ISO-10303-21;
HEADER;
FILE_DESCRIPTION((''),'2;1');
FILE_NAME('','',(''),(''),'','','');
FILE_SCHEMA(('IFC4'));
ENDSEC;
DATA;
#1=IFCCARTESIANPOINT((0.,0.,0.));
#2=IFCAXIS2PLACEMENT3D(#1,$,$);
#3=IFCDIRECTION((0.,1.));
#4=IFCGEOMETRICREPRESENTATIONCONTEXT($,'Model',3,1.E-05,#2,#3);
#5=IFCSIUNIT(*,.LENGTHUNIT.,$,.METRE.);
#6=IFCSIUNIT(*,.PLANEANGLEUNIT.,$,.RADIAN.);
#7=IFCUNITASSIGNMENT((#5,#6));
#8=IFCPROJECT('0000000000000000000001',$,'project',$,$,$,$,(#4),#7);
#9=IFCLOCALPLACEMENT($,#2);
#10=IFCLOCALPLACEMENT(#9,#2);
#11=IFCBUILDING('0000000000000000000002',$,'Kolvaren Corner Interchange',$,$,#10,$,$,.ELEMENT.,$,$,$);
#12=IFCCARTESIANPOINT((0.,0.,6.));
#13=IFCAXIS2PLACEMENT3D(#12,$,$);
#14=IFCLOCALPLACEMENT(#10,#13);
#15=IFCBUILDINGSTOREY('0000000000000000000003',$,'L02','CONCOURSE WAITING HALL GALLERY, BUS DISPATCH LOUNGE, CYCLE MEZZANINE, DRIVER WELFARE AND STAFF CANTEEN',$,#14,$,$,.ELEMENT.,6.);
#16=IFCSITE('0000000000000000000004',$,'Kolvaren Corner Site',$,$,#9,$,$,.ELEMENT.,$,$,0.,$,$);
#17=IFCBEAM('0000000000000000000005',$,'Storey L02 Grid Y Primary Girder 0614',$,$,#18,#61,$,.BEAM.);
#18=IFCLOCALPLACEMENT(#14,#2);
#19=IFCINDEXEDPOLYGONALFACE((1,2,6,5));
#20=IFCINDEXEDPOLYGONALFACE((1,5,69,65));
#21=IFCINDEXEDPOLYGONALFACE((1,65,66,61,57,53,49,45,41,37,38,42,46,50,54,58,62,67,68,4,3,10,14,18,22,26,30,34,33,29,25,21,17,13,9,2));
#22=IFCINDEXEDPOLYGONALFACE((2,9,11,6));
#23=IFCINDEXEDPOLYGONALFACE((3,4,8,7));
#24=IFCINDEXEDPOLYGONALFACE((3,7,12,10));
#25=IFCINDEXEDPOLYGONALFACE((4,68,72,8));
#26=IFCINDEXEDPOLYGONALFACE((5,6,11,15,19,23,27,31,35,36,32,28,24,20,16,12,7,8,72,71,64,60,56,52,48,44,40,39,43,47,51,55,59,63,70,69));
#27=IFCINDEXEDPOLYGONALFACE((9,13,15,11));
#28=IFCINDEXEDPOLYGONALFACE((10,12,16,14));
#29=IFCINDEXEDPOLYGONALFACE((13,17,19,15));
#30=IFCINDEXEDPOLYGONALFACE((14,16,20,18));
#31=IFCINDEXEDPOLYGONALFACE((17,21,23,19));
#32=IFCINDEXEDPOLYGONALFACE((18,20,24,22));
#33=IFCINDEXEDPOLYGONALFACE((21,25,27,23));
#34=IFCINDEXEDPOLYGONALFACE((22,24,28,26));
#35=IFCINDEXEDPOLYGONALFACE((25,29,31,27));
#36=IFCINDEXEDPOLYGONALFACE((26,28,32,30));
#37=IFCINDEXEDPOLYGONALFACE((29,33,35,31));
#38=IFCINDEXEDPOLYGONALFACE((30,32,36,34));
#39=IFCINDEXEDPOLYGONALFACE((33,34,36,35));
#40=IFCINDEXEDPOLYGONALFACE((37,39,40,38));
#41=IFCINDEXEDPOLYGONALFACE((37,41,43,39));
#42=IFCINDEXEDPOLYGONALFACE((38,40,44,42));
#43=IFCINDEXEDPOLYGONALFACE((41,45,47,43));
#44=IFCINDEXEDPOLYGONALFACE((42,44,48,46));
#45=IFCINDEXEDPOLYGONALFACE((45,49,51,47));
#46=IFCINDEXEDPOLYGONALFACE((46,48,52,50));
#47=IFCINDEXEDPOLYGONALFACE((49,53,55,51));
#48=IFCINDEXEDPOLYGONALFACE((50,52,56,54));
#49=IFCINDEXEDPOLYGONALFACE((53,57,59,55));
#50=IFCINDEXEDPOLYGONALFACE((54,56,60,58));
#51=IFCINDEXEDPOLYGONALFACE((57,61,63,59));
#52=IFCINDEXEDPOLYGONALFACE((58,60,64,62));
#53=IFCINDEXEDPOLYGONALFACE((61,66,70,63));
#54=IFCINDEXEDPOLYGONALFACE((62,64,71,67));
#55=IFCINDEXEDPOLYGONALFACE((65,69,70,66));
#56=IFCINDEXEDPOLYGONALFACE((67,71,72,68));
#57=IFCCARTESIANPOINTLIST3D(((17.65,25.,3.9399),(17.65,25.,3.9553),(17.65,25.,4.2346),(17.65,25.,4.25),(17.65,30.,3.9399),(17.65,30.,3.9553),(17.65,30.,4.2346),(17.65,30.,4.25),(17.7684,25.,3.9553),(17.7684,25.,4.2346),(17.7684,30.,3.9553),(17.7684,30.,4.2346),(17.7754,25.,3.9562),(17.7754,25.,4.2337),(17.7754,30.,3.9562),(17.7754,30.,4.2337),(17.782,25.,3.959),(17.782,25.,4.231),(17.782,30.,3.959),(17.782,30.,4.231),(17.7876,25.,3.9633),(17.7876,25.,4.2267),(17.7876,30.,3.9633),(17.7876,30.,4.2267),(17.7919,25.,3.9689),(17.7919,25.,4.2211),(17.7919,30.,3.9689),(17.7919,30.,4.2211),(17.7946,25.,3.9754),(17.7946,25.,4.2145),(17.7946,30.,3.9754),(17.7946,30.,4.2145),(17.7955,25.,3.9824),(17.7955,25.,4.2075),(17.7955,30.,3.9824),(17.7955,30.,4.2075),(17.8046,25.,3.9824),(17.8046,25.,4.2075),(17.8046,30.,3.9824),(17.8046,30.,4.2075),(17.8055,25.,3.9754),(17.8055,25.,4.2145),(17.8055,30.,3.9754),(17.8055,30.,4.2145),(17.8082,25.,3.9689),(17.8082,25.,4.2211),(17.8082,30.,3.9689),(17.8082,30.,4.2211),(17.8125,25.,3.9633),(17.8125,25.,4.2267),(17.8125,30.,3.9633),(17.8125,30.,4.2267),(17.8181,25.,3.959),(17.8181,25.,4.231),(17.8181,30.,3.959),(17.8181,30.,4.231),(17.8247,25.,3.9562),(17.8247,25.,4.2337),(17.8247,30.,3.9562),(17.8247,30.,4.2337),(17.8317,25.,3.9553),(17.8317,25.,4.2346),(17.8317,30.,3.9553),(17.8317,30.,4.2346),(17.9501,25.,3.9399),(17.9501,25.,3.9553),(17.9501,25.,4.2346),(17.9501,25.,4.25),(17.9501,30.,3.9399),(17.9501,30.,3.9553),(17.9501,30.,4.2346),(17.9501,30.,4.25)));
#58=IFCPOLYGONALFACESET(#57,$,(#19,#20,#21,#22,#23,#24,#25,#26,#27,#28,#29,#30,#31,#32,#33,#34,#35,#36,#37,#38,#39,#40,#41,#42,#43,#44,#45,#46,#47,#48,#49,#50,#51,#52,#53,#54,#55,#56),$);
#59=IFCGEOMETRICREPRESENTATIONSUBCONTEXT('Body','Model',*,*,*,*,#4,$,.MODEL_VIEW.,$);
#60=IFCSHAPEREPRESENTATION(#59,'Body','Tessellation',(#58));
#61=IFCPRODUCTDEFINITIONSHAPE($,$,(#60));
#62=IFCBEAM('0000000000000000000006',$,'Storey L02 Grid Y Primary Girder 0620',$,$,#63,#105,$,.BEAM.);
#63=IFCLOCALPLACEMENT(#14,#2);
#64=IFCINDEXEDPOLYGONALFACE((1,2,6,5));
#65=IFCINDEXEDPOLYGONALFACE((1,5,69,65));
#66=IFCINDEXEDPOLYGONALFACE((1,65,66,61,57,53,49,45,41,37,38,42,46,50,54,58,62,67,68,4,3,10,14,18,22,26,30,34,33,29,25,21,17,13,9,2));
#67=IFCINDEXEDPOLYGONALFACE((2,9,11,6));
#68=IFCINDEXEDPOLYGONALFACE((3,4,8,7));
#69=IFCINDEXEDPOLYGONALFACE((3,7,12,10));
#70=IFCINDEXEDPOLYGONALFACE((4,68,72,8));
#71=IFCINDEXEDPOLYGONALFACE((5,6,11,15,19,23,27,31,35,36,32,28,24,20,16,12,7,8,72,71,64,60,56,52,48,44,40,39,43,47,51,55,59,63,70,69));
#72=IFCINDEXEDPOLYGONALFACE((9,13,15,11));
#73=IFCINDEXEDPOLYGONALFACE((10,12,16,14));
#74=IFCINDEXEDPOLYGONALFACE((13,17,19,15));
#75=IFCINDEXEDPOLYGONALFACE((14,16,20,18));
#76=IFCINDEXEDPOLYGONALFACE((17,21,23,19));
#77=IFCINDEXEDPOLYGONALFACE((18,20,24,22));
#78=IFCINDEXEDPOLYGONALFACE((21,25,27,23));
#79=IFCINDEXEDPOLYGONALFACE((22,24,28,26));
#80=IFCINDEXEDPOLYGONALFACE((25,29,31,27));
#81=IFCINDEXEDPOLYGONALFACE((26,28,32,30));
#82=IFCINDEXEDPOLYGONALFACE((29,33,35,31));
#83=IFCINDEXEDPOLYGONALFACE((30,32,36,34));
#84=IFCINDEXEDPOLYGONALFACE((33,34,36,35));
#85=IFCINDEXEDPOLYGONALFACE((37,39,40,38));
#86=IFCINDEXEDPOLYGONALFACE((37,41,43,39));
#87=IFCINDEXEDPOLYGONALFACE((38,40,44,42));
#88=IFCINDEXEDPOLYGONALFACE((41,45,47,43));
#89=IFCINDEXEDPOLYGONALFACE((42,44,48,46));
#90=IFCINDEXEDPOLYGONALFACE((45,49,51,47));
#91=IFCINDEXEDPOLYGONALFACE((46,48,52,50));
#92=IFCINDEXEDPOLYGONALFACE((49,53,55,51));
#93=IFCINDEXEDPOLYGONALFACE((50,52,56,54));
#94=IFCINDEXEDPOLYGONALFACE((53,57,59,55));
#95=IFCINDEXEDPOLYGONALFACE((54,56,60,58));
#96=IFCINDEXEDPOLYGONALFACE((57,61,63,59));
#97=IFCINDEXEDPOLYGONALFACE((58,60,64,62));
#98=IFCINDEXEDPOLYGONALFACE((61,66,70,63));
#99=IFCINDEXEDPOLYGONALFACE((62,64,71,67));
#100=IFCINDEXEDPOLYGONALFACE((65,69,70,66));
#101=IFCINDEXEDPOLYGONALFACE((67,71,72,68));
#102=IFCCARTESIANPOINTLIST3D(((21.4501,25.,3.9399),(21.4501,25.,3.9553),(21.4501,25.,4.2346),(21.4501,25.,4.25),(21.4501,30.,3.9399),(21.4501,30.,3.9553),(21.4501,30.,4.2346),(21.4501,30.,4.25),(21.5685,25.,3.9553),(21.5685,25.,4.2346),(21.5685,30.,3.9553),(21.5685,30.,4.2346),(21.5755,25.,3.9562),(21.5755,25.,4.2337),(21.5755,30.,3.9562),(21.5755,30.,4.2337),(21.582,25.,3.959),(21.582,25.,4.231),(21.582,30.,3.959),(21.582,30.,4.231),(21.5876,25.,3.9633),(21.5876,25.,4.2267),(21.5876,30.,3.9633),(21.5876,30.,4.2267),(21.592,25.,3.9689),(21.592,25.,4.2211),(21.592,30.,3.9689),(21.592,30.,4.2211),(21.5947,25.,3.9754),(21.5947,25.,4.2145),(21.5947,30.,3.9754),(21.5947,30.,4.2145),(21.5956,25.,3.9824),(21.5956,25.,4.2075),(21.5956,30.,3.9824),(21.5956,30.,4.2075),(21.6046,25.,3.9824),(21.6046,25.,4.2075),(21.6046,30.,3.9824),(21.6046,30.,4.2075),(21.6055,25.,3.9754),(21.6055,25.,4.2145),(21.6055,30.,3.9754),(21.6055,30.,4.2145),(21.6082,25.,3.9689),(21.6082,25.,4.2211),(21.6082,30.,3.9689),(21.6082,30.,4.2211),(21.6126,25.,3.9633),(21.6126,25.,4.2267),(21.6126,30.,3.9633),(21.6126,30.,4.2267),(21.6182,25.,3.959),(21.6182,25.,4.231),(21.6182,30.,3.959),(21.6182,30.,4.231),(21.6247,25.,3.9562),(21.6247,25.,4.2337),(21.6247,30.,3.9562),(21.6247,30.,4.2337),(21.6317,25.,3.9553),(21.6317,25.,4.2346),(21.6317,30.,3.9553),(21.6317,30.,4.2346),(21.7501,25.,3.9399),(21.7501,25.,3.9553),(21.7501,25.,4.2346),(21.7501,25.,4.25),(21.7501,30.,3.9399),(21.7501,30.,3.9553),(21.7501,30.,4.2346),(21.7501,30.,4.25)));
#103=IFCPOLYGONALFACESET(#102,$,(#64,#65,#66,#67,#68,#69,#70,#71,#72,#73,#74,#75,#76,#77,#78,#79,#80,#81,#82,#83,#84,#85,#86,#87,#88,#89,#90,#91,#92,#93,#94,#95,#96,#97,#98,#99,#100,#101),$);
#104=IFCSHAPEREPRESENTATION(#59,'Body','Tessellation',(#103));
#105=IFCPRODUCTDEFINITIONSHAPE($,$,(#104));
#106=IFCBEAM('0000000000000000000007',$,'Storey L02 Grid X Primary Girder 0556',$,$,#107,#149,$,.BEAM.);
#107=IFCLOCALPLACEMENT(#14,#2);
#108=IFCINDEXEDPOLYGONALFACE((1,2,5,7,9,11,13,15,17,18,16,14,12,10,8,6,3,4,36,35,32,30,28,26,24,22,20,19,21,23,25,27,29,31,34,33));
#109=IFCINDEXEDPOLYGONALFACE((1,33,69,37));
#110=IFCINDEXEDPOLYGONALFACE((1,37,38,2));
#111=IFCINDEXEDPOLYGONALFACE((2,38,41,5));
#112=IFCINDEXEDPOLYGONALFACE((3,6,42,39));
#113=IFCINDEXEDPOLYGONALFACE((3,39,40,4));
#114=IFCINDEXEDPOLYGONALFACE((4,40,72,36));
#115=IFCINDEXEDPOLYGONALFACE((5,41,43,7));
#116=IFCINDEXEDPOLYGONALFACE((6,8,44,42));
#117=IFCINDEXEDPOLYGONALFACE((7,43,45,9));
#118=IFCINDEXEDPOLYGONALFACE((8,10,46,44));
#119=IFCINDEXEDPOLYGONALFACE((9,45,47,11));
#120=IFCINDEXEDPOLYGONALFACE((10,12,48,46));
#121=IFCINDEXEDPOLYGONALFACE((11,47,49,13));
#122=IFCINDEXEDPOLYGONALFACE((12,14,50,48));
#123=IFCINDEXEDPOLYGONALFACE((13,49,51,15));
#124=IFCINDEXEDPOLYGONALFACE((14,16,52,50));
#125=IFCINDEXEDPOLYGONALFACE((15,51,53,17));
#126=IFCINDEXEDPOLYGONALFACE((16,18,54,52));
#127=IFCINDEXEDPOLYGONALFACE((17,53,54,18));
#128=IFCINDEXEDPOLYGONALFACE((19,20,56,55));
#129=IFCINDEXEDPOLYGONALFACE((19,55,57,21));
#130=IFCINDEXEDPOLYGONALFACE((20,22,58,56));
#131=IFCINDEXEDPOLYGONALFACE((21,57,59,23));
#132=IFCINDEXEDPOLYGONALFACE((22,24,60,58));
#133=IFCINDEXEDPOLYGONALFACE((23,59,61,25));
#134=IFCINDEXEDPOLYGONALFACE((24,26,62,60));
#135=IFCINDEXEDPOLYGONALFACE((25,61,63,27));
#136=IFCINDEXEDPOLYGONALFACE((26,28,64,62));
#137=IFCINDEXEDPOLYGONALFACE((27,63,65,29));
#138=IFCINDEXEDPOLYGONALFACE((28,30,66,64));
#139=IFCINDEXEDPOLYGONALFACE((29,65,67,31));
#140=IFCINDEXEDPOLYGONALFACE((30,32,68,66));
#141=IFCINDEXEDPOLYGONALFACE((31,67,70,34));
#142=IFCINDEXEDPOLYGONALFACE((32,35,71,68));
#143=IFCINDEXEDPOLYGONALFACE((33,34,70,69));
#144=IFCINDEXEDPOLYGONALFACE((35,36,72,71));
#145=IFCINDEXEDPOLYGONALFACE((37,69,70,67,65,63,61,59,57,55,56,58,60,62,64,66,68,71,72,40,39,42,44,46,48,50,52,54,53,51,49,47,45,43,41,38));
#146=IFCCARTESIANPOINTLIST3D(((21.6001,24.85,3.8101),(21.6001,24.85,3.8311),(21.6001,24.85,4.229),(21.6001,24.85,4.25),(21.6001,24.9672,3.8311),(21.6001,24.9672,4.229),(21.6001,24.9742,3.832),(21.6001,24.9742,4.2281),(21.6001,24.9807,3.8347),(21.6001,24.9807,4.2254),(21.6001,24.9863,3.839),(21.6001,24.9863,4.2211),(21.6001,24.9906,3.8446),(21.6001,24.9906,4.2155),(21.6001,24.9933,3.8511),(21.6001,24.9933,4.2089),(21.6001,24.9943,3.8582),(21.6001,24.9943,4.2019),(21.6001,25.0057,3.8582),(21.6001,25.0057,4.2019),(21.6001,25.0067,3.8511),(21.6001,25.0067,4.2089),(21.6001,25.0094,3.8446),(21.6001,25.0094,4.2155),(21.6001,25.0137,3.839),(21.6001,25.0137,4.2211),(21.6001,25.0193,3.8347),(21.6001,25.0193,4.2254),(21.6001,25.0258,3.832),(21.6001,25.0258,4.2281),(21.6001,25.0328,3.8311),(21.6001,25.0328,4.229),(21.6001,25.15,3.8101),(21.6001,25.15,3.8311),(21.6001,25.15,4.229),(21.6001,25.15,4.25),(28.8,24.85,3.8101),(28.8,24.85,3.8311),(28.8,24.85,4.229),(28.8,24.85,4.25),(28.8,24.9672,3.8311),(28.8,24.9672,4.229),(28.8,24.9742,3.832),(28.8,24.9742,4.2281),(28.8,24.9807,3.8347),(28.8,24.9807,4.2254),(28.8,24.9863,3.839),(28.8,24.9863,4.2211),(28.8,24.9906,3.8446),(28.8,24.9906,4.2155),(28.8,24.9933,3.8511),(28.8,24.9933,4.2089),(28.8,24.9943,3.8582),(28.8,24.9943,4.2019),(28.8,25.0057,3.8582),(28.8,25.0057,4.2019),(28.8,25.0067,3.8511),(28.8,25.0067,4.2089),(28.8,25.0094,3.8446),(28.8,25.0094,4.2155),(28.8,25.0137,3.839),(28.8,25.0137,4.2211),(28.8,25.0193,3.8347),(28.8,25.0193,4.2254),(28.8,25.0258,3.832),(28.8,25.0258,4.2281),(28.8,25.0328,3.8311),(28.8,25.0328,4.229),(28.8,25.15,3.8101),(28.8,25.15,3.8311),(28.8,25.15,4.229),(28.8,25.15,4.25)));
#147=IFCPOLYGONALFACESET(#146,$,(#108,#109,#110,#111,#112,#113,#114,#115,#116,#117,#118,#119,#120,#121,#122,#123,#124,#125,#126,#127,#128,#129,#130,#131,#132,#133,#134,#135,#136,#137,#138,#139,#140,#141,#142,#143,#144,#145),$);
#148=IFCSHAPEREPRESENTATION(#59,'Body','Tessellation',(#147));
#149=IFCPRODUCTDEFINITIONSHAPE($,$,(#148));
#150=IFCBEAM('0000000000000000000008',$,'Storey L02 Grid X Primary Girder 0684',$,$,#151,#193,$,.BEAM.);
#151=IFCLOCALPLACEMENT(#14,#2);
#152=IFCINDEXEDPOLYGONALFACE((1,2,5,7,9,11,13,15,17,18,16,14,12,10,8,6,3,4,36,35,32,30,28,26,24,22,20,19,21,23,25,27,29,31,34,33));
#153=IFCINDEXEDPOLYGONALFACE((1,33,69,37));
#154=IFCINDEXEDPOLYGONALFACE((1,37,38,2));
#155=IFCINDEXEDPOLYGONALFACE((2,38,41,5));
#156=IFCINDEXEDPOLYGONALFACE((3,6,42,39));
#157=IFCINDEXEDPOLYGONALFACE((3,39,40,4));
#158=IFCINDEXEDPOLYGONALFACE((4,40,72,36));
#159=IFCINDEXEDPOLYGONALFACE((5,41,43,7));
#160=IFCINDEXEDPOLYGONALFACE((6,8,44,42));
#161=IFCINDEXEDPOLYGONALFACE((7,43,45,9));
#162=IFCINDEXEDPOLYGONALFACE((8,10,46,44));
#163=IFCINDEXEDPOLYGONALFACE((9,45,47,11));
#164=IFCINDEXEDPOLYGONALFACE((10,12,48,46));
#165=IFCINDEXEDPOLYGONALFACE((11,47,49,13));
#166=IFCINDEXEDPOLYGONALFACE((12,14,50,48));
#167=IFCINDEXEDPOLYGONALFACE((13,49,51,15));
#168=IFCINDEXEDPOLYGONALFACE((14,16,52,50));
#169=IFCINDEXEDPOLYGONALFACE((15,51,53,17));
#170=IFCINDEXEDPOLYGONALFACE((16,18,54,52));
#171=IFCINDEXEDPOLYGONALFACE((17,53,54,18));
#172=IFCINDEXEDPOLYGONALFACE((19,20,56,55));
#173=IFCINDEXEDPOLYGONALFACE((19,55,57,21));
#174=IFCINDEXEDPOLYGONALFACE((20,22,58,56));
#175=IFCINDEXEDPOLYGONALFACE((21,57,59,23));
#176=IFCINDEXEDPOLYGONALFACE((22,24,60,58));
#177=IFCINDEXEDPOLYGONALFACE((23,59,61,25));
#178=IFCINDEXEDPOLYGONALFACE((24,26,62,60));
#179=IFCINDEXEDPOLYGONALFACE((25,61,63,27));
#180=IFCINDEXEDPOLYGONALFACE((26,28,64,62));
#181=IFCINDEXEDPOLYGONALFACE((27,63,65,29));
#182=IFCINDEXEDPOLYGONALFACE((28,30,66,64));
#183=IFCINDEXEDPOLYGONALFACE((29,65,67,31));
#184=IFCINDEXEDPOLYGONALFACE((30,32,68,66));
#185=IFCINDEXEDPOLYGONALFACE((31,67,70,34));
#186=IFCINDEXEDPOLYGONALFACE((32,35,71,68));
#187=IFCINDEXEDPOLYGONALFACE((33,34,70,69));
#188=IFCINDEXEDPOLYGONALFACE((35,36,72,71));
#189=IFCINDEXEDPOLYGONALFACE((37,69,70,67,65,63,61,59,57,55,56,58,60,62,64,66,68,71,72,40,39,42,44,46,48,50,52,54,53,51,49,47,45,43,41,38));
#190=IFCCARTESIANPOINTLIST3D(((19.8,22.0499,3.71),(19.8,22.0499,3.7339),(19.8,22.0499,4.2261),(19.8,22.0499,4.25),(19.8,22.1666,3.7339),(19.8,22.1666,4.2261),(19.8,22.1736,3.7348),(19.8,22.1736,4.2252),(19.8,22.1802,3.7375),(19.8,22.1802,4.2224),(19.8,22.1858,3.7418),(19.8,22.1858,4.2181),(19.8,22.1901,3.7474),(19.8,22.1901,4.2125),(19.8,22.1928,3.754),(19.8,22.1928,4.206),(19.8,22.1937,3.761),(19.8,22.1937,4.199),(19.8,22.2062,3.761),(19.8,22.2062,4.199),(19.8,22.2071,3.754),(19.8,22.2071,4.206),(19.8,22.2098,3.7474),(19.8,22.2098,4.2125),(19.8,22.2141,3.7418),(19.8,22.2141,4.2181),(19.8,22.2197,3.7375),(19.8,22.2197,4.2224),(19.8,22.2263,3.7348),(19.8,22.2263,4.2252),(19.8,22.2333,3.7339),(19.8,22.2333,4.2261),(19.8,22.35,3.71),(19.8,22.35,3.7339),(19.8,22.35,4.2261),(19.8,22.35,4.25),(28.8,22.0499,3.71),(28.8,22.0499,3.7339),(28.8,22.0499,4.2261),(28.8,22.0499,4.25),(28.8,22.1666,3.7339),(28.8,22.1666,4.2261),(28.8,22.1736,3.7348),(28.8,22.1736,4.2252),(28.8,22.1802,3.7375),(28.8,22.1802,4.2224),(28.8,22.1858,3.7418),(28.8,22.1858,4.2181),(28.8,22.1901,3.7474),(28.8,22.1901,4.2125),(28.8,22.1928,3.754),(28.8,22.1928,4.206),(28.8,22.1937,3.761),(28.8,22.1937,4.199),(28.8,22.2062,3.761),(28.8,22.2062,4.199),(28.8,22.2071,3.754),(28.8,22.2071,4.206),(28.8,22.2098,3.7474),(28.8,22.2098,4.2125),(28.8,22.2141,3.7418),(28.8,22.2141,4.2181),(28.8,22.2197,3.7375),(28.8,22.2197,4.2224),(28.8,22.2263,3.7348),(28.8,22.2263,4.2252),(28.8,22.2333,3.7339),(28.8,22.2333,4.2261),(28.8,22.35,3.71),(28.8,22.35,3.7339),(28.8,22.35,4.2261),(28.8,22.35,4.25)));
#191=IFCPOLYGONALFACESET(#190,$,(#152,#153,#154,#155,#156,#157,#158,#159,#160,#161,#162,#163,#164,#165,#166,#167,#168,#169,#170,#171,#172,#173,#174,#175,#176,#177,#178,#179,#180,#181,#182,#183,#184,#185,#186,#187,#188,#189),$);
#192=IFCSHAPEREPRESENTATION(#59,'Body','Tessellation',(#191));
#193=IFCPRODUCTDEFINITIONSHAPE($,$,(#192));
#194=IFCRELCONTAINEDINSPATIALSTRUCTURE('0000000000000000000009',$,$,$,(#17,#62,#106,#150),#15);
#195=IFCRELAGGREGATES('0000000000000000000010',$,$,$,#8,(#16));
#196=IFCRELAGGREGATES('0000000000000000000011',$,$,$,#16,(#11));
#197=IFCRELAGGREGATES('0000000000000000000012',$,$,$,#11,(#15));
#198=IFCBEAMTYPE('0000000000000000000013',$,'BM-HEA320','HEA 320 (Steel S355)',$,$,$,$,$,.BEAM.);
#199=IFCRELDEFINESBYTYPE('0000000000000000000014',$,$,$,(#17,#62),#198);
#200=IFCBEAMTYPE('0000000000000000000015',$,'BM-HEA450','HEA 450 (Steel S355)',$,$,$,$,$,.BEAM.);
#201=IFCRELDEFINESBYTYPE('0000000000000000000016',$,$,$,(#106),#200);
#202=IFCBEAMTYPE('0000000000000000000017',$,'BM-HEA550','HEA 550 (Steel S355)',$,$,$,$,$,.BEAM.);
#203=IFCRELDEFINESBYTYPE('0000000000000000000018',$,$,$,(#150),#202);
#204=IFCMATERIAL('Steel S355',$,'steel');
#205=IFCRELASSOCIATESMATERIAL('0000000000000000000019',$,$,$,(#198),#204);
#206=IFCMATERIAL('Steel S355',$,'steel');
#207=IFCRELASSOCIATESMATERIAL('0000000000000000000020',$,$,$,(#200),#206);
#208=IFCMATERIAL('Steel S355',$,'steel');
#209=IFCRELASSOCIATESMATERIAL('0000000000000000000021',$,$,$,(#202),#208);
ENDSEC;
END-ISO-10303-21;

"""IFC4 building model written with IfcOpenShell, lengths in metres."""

from ifc_helpers import new_model, si_unit, direction, frame, origin, origin_2d, place, context, subcontext, project, spatial, i_section, extrude, material, material_profile, profile_set, type_object, element, save


model = new_model("IFC4")

# Units and contexts
model_context = context("Model", 3, precision=1e-05, world=origin(), true_north=direction((0.0, 1.0)))
body_context = subcontext(model_context, "Body", "Model", "MODEL_VIEW")
ifc_project = project(units=[si_unit("LENGTHUNIT", "METRE"), si_unit("PLANEANGLEUNIT", "RADIAN")], contexts=[model_context])

# Site, building, storey
site_placement = place(None, origin())
site = spatial("IfcSite", under=ifc_project, at=site_placement, Name="Kolvaren Corner Site", CompositionType="ELEMENT", RefElevation=0.0)
building_placement = place(site_placement, origin())
building = spatial("IfcBuilding", under=site, at=building_placement, Name="Kolvaren Corner Interchange", CompositionType="ELEMENT")
storey_placement = place(building_placement, frame((0.0, 0.0, 6.0)))
storey = spatial("IfcBuildingStorey", under=building, at=storey_placement, Name="L02", Description="CONCOURSE WAITING HALL GALLERY, BUS DISPATCH LOUNGE, CYCLE MEZZANINE, DRIVER WELFARE AND STAFF CANTEEN", CompositionType="ELEMENT", Elevation=6.0)

# Beams
ifc_material_1 = material(Name="Steel S355", Category="steel")
ifc_material_profile_1 = material_profile(ifc_material_1, i_section(OverallWidth=0.3, OverallDepth=0.3101, WebThickness=0.009, FlangeThickness=0.0154, FilletRadius=0.0271, at=origin_2d()), Name="HEA 320")
ifc_profile_set_1 = profile_set([ifc_material_profile_1], Name="Steel S355")
beam_type_1 = type_object("IfcBeamType", Name="BM-HEA320", Description="HEA 320 (Steel S355)", PredefinedType="BEAM", material=ifc_profile_set_1)
for number, where, z_axis, x_axis, name in (
    (1, (17.8, 25.0, 4.095), (0.0, 1.0, 0.0), (-1.0, 0.0, 0.0), "Storey L02 Grid Y Primary Girder 0614"),
    (2, (21.6001, 25.0, 4.095), (0.0, 1.0, 0.0), (-1.0, 0.0, 0.0), "Storey L02 Grid Y Primary Girder 0620"),
):
    element("IfcBeam", number, at=place(storey_placement, frame(where, z_axis=z_axis, x_axis=x_axis)), inside=storey, type_object=beam_type_1, Name=name, PredefinedType="BEAM", context=body_context, shape_type="SweptSolid", body=[
        extrude(i_section(OverallWidth=0.3, OverallDepth=0.3101, WebThickness=0.009, FlangeThickness=0.0154, FilletRadius=0.0271, at=origin_2d()), origin(), (0.0, 0.0, 1.0), 5.0),
    ])
ifc_material_2 = material(Name="Steel S355", Category="steel")
ifc_material_profile_2 = material_profile(ifc_material_2, i_section(OverallWidth=0.3, OverallDepth=0.4399, WebThickness=0.0115, FlangeThickness=0.021, FilletRadius=0.0271, at=origin_2d()), Name="HEA 450")
ifc_profile_set_2 = profile_set([ifc_material_profile_2], Name="Steel S355")
beam_type_2 = type_object("IfcBeamType", Name="BM-HEA450", Description="HEA 450 (Steel S355)", PredefinedType="BEAM", material=ifc_profile_set_2)
beam_1_placement = place(storey_placement, frame((21.6001, 25.0, 4.03), z_axis=(1.0, 0.0, 0.0), x_axis=(0.0, 1.0, 0.0)))
element("IfcBeam", 3, at=beam_1_placement, inside=storey, type_object=beam_type_2, Name="Storey L02 Grid X Primary Girder 0556", PredefinedType="BEAM", context=body_context, shape_type="SweptSolid", body=[
    extrude(i_section(OverallWidth=0.3, OverallDepth=0.4399, WebThickness=0.0115, FlangeThickness=0.021, FilletRadius=0.0271, at=origin_2d()), origin(), (0.0, 0.0, 1.0), 7.2),
])
ifc_material_3 = material(Name="Steel S355", Category="steel")
ifc_material_profile_3 = material_profile(ifc_material_3, i_section(OverallWidth=0.3, OverallDepth=0.54, WebThickness=0.0125, FlangeThickness=0.0239, FilletRadius=0.0271, at=origin_2d()), Name="HEA 550")
ifc_profile_set_3 = profile_set([ifc_material_profile_3], Name="Steel S355")
beam_type_3 = type_object("IfcBeamType", Name="BM-HEA550", Description="HEA 550 (Steel S355)", PredefinedType="BEAM", material=ifc_profile_set_3)
beam_2_placement = place(storey_placement, frame((19.8, 22.2, 3.98), z_axis=(1.0, 0.0, 0.0), x_axis=(0.0, 1.0, 0.0)))
element("IfcBeam", 4, at=beam_2_placement, inside=storey, type_object=beam_type_3, Name="Storey L02 Grid X Primary Girder 0684", PredefinedType="BEAM", context=body_context, shape_type="SweptSolid", body=[
    extrude(i_section(OverallWidth=0.3, OverallDepth=0.54, WebThickness=0.0125, FlangeThickness=0.0239, FilletRadius=0.0271, at=origin_2d()), origin(), (0.0, 0.0, 1.0), 9.0),
])

save(model, "model.ifc")
